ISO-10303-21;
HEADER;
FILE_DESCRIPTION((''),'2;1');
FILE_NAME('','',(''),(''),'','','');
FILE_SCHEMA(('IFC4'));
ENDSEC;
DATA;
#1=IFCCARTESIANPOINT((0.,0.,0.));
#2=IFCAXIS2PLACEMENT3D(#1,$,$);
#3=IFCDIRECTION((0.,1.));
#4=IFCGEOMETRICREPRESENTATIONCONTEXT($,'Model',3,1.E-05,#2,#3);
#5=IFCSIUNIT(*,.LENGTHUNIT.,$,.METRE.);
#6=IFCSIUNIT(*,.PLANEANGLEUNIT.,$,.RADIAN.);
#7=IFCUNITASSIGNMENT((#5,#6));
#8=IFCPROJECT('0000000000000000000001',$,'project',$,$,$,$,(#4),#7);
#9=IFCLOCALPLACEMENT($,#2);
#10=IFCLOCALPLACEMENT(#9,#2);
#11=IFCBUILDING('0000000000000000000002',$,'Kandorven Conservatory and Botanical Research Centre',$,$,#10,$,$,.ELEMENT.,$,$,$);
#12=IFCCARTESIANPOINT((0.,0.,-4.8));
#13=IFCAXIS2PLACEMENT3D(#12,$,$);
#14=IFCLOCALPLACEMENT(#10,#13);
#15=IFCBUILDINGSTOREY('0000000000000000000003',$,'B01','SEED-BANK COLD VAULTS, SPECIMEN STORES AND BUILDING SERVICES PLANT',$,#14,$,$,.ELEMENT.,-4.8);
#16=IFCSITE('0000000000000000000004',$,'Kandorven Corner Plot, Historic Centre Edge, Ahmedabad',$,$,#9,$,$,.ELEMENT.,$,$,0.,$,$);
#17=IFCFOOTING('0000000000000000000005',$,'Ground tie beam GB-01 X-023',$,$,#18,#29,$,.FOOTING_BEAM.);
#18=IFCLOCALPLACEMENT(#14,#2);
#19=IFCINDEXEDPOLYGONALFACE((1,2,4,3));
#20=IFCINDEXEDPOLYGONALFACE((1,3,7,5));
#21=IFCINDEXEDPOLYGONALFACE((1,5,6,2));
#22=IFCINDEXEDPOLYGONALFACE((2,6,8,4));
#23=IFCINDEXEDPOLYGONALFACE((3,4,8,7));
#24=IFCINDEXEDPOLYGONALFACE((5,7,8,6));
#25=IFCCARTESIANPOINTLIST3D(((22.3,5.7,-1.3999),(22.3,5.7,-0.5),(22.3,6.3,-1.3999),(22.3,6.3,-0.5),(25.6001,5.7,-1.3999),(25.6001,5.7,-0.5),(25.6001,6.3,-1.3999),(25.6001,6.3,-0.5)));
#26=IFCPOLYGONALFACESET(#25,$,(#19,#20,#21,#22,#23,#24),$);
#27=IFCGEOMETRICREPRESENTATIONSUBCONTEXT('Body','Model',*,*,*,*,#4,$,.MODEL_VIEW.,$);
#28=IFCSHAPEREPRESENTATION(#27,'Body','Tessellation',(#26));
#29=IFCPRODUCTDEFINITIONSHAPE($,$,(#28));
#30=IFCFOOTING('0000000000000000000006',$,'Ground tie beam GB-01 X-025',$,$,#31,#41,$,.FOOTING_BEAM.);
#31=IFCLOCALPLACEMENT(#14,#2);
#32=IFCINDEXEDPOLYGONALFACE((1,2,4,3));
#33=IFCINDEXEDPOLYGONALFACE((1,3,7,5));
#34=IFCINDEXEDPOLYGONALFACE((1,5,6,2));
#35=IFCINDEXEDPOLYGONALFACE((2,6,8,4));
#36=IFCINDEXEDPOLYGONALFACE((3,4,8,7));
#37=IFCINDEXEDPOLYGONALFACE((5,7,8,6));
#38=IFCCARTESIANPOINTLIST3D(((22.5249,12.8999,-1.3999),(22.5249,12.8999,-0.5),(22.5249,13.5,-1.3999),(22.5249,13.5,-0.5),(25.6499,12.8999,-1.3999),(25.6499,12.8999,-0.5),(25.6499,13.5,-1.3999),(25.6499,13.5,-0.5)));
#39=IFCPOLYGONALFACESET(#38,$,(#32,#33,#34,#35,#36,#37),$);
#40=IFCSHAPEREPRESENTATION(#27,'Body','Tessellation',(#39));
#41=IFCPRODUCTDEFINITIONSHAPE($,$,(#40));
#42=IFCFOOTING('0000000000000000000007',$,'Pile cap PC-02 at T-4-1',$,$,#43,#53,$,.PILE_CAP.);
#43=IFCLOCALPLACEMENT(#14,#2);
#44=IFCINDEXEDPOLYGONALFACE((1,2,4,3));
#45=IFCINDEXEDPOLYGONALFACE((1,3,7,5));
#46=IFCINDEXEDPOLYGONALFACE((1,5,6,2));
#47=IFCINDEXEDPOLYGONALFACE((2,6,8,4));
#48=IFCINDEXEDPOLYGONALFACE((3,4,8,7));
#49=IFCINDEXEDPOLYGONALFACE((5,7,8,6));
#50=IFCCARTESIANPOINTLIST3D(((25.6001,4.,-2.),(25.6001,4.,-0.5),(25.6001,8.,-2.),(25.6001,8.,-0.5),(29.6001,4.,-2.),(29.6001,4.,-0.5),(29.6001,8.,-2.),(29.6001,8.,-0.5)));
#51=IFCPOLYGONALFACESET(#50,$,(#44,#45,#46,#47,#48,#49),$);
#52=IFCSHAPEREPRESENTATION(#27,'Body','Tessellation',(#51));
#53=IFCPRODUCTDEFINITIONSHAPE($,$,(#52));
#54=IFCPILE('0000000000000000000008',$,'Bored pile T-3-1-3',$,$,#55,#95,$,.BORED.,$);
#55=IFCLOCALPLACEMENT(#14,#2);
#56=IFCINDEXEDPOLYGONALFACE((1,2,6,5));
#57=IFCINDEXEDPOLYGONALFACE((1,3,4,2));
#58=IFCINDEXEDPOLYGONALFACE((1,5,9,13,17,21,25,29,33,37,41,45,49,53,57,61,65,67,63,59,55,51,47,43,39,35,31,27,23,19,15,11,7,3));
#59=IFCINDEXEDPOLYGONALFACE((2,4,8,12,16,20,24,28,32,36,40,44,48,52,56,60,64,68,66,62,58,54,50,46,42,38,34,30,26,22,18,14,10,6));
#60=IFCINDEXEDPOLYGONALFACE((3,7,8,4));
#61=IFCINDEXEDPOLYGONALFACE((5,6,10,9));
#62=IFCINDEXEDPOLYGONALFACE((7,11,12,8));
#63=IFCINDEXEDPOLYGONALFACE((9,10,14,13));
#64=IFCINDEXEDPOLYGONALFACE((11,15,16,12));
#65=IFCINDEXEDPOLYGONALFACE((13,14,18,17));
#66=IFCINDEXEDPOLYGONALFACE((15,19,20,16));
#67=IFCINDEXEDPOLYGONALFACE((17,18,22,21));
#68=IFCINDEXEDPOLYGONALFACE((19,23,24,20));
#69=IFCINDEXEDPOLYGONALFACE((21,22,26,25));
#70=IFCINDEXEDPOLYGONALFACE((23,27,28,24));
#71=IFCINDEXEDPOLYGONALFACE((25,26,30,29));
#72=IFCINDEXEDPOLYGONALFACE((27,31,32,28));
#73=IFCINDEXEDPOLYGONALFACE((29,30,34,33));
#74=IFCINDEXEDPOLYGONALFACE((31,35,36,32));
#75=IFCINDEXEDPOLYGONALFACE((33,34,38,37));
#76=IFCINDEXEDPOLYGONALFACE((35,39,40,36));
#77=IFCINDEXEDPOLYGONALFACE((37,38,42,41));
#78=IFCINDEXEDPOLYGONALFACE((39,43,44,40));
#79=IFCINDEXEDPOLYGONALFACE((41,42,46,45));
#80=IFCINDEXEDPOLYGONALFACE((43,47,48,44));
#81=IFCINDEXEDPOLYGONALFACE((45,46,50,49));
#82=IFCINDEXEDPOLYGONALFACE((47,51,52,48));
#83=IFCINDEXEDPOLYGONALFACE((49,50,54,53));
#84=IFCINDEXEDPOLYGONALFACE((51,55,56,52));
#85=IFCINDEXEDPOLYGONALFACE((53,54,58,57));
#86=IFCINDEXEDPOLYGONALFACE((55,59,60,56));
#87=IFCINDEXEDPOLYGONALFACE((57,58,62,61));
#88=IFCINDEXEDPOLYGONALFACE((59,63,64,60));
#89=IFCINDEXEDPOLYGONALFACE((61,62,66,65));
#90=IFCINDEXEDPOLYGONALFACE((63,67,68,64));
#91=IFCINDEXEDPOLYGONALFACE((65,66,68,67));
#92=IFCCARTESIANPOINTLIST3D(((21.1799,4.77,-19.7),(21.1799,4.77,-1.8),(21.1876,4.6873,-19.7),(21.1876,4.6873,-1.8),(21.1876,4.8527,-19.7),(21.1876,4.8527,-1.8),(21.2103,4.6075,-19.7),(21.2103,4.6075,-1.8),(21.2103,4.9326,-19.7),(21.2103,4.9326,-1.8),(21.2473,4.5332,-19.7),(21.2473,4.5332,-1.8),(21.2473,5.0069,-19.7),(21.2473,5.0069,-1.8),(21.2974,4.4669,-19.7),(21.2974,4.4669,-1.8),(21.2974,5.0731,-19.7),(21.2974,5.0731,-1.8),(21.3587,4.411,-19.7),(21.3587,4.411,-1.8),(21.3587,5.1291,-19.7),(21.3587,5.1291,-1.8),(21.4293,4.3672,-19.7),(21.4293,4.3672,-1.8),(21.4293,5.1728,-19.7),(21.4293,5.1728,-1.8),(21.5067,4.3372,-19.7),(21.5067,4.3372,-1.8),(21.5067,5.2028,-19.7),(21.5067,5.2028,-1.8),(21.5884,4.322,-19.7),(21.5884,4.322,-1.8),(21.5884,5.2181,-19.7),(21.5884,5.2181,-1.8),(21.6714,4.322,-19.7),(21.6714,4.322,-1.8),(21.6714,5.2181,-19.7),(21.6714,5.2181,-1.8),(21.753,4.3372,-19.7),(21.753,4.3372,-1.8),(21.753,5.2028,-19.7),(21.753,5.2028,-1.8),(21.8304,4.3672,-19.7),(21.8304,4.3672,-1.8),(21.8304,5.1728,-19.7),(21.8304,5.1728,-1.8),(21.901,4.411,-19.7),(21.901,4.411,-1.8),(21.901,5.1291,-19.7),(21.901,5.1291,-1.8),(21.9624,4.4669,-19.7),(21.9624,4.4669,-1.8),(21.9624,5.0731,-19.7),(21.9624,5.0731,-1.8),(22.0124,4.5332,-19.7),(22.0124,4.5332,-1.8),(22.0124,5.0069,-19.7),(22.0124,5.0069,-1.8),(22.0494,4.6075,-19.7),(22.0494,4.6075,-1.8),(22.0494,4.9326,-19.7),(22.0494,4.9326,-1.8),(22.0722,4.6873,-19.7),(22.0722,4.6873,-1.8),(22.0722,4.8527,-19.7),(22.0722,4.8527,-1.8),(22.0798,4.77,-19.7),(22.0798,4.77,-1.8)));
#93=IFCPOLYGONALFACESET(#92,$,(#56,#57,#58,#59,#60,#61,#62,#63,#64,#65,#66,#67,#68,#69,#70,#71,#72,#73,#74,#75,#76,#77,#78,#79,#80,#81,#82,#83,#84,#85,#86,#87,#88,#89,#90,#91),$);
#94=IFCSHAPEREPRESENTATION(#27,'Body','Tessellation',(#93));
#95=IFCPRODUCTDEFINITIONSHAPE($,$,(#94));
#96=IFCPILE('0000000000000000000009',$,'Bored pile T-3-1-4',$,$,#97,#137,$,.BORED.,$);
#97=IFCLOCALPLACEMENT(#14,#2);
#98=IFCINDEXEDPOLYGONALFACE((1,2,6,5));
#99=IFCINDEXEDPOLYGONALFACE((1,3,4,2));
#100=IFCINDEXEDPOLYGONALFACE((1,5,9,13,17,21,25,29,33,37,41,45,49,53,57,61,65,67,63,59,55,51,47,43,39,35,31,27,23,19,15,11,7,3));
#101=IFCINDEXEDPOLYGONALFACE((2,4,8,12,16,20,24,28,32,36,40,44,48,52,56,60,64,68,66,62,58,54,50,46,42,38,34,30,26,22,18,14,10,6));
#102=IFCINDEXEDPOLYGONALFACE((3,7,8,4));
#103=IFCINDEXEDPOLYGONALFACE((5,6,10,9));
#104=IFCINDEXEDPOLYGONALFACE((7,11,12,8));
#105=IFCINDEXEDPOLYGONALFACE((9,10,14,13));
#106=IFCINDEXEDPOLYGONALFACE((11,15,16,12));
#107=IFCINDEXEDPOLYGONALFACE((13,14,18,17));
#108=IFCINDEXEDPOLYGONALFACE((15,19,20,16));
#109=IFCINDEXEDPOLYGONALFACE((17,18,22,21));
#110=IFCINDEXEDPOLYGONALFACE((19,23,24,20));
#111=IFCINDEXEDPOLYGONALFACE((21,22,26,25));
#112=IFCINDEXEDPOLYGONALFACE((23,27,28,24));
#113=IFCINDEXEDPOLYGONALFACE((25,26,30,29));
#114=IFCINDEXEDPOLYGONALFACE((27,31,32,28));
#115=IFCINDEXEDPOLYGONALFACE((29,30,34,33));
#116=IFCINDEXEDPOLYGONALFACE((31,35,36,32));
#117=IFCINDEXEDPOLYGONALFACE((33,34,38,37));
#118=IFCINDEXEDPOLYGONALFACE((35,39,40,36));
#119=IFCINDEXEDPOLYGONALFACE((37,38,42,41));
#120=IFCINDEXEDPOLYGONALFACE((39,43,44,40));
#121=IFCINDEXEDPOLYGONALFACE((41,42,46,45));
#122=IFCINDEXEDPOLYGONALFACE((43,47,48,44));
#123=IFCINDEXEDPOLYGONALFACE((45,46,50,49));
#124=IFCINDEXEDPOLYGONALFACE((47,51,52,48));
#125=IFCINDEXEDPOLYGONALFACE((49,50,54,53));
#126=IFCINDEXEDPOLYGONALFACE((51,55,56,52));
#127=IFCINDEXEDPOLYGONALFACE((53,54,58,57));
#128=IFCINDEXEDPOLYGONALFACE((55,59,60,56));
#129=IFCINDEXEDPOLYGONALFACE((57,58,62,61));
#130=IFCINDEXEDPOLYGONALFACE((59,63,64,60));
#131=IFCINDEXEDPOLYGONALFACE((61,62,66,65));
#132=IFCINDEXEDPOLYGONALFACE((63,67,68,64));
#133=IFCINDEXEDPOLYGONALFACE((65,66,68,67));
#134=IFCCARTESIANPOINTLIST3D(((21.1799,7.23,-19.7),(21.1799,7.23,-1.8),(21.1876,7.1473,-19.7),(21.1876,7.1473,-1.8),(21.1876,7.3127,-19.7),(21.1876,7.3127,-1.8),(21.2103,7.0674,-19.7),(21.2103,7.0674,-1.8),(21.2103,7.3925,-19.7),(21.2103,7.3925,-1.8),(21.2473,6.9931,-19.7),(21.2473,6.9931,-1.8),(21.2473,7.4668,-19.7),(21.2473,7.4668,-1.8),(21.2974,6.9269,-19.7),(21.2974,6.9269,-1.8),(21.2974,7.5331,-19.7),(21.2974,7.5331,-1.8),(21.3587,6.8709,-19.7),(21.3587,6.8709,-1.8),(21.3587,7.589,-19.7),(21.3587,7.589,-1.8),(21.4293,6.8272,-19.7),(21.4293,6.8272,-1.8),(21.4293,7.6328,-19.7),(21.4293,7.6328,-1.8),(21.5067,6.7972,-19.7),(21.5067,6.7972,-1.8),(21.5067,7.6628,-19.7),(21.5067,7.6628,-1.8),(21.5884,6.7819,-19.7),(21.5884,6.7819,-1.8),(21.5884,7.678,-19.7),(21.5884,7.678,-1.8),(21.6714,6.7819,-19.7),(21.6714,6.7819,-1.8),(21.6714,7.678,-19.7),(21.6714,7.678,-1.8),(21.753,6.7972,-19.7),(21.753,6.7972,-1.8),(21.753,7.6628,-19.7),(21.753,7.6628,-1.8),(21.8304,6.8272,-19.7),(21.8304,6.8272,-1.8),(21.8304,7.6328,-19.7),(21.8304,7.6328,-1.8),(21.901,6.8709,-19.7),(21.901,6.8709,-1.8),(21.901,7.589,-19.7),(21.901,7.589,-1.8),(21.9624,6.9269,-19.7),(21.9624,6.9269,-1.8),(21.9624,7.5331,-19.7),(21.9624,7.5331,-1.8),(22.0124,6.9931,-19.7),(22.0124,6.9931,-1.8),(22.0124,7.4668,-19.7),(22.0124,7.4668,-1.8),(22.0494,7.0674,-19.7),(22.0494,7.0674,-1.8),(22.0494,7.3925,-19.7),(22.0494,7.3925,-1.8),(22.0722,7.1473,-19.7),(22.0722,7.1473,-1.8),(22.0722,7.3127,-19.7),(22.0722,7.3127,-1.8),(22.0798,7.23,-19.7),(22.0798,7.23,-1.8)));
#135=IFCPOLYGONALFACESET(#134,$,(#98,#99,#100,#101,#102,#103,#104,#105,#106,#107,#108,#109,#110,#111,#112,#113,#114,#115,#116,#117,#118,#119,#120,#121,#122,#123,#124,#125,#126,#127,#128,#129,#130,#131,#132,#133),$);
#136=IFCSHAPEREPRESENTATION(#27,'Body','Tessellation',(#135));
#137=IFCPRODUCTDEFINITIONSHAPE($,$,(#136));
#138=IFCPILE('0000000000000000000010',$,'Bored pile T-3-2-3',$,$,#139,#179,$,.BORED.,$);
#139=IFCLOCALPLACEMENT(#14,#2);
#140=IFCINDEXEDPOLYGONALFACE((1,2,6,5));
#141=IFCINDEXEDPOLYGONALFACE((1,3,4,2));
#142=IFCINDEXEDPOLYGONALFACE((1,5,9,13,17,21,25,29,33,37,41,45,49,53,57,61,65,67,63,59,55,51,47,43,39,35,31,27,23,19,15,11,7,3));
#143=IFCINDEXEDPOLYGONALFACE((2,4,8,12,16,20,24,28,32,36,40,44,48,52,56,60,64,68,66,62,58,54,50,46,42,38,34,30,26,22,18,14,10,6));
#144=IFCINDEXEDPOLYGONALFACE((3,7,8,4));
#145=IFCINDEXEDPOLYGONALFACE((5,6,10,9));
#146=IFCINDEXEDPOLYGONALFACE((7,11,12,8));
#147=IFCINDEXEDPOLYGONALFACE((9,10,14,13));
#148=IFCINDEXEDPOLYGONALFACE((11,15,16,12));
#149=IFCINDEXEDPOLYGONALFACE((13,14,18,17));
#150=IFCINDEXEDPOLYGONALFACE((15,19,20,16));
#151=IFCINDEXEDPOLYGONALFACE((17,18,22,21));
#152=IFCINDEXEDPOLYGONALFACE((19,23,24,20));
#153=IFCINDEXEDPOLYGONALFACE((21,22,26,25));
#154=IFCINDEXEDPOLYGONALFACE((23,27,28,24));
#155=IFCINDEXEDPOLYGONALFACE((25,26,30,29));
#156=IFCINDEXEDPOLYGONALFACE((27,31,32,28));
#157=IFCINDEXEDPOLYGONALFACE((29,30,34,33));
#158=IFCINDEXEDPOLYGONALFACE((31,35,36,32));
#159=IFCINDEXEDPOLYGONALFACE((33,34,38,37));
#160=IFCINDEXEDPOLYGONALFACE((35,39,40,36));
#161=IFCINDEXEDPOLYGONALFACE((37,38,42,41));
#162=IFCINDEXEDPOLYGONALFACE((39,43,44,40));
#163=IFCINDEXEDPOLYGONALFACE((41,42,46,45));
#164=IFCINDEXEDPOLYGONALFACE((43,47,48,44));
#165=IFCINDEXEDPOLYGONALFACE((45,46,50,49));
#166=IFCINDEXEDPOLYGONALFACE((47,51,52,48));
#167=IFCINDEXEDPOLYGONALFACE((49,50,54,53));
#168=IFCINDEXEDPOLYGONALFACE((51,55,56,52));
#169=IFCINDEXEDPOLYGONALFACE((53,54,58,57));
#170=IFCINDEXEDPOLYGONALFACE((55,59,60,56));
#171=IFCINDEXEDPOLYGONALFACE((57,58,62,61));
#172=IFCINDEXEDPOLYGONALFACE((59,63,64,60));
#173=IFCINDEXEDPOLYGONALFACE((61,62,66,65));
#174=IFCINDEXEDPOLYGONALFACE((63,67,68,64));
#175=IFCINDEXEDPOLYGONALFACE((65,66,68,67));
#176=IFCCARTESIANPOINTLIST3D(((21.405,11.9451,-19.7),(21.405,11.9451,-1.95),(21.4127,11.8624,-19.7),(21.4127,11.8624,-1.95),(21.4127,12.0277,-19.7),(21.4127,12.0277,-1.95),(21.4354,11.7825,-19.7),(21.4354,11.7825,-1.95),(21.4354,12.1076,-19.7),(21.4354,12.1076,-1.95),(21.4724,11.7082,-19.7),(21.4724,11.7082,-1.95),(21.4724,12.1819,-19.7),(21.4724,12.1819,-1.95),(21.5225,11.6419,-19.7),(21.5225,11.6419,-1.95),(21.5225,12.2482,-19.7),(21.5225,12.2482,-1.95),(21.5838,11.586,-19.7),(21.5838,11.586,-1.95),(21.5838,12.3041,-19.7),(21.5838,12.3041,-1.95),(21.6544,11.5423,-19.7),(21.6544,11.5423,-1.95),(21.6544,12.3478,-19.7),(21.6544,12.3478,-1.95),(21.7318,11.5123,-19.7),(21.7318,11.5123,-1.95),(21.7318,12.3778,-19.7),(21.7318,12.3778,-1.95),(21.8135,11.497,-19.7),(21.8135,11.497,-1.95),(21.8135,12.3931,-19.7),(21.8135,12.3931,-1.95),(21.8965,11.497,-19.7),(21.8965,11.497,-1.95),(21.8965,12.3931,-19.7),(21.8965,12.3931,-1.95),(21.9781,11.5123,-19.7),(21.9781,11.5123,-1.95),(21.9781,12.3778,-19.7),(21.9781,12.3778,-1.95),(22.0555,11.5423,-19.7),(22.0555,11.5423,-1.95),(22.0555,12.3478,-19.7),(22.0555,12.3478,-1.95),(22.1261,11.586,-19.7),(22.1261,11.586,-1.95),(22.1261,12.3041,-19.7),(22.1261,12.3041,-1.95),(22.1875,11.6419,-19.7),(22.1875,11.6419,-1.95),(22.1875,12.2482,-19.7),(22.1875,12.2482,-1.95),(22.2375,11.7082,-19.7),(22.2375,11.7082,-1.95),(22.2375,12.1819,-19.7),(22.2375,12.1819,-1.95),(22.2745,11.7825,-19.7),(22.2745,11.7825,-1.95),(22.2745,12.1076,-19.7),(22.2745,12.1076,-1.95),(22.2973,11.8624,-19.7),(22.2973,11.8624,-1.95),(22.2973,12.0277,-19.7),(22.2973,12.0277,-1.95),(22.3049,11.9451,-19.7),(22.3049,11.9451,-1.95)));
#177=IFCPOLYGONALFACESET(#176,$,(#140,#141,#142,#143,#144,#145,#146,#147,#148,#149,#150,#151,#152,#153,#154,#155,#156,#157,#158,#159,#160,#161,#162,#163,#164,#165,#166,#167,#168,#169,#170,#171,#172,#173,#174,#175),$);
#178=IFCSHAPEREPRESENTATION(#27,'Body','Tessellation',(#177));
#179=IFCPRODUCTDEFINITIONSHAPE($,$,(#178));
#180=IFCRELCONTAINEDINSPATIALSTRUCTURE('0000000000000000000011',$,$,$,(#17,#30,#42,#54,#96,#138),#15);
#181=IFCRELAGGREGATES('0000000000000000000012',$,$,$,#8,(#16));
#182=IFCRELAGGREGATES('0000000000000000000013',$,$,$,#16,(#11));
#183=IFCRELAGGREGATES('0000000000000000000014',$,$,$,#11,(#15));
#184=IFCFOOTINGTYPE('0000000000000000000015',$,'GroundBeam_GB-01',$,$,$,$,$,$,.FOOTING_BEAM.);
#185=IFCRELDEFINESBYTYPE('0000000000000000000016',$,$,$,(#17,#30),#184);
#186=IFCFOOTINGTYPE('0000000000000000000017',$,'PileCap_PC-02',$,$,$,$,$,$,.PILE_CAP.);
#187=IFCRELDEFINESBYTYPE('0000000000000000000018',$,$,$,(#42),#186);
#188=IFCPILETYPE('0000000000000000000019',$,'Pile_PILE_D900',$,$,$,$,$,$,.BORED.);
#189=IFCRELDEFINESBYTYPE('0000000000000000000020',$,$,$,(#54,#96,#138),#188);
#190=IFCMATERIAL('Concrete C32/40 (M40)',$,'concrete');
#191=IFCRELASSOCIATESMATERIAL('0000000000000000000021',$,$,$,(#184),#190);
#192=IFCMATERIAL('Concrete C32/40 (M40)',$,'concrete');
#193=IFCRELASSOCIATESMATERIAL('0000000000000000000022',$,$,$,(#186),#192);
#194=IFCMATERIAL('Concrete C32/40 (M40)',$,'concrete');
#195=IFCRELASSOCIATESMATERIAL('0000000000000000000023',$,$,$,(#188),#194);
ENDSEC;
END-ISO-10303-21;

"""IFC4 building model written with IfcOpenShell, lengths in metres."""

from ifc_helpers import new_model, si_unit, direction, frame, origin, origin_2d, place, context, subcontext, project, spatial, rectangle, circle, extrude, material, material_profile, profile_set, type_object, element, save


model = new_model("IFC4")

# Units and contexts
model_context = context("Model", 3, precision=1e-05, world=origin(), true_north=direction((0.0, 1.0)))
body_context = subcontext(model_context, "Body", "Model", "MODEL_VIEW")
ifc_project = project(units=[si_unit("LENGTHUNIT", "METRE"), si_unit("PLANEANGLEUNIT", "RADIAN")], contexts=[model_context])

# Site, building, storey
site_placement = place(None, origin())
site = spatial("IfcSite", under=ifc_project, at=site_placement, Name="Kandorven Corner Plot, Historic Centre Edge, Ahmedabad", CompositionType="ELEMENT", RefElevation=0.0)
building_placement = place(site_placement, origin())
building = spatial("IfcBuilding", under=site, at=building_placement, Name="Kandorven Conservatory and Botanical Research Centre", CompositionType="ELEMENT")
storey_placement = place(building_placement, frame((0.0, 0.0, -4.8)))
storey = spatial("IfcBuildingStorey", under=building, at=storey_placement, Name="B01", Description="SEED-BANK COLD VAULTS, SPECIMEN STORES AND BUILDING SERVICES PLANT", CompositionType="ELEMENT", Elevation=-4.8)

# Footings
ifc_material_1 = material(Name="Concrete C32/40 (M40)", Category="concrete")
ifc_material_profile_1 = material_profile(ifc_material_1, rectangle(XDim=0.6001, YDim=0.8999, at=origin_2d()))
ifc_profile_set_1 = profile_set([ifc_material_profile_1], Name="Concrete C32/40 (M40)")
footing_type_1 = type_object("IfcFootingType", Name="GroundBeam_GB-01", PredefinedType="FOOTING_BEAM", material=ifc_profile_set_1)
footing_1_placement = place(storey_placement, frame((22.3, 6.0, -0.95), z_axis=(1.0, 0.0, 0.0), x_axis=(0.0, 1.0, 0.0)))
element("IfcFooting", 1, at=footing_1_placement, inside=storey, type_object=footing_type_1, Name="Ground tie beam GB-01 X-023", PredefinedType="FOOTING_BEAM", context=body_context, shape_type="SweptSolid", body=[
    extrude(rectangle(XDim=0.6001, YDim=0.8999, at=origin_2d()), origin(), (0.0, 0.0, 1.0), 3.3),
])
footing_2_placement = place(storey_placement, frame((22.5249, 13.2, -0.95), z_axis=(1.0, 0.0, 0.0), x_axis=(0.0, 1.0, 0.0)))
element("IfcFooting", 2, at=footing_2_placement, inside=storey, type_object=footing_type_1, Name="Ground tie beam GB-01 X-025", PredefinedType="FOOTING_BEAM", context=body_context, shape_type="SweptSolid", body=[
    extrude(rectangle(XDim=0.6001, YDim=0.8999, at=origin_2d()), origin(), (0.0, 0.0, 1.0), 3.125),
])
ifc_material_2 = material(Name="Concrete C32/40 (M40)", Category="concrete")
footing_type_2 = type_object("IfcFootingType", Name="PileCap_PC-02", PredefinedType="PILE_CAP", material=ifc_material_2)
footing_3_placement = place(storey_placement, frame((27.6001, 6.0, -2.0), z_axis=(0.0, 0.0, 1.0), x_axis=(1.0, 0.0, 0.0)))
element("IfcFooting", 3, at=footing_3_placement, inside=storey, type_object=footing_type_2, Name="Pile cap PC-02 at T-4-1", PredefinedType="PILE_CAP", context=body_context, shape_type="SweptSolid", body=[
    extrude(rectangle(XDim=4.0, YDim=4.0, at=origin_2d()), origin(), (0.0, 0.0, 1.0), 1.5),
])

# Piles
ifc_material_3 = material(Name="Concrete C32/40 (M40)", Category="concrete")
ifc_material_profile_2 = material_profile(ifc_material_3, circle(Radius=0.45, at=origin_2d()))
ifc_profile_set_2 = profile_set([ifc_material_profile_2], Name="Concrete C32/40 (M40)")
pile_type = type_object("IfcPileType", Name="Pile_PILE_D900", PredefinedType="BORED", material=ifc_profile_set_2)
for number, where, z_axis, x_axis, name in (
    (4, (21.6299, 4.77, -1.8), (0.0, 0.0, -1.0), (1.0, 0.0, 0.0), "Bored pile T-3-1-3"),
    (5, (21.6299, 7.23, -1.8), (0.0, 0.0, -1.0), (1.0, 0.0, 0.0), "Bored pile T-3-1-4"),
):
    element("IfcPile", number, at=place(storey_placement, frame(where, z_axis=z_axis, x_axis=x_axis)), inside=storey, type_object=pile_type, Name=name, PredefinedType="BORED", context=body_context, shape_type="SweptSolid", body=[
        extrude(circle(Radius=0.45, at=origin_2d()), origin(), (0.0, 0.0, 1.0), 17.8999),
    ])
pile_1_placement = place(storey_placement, frame((21.855, 11.9451, -1.95), z_axis=(0.0, 0.0, -1.0), x_axis=(1.0, 0.0, 0.0)))
element("IfcPile", 6, at=pile_1_placement, inside=storey, type_object=pile_type, Name="Bored pile T-3-2-3", PredefinedType="BORED", context=body_context, shape_type="SweptSolid", body=[
    extrude(circle(Radius=0.45, at=origin_2d()), origin(), (0.0, 0.0, 1.0), 17.75),
])

save(model, "model.ifc")
